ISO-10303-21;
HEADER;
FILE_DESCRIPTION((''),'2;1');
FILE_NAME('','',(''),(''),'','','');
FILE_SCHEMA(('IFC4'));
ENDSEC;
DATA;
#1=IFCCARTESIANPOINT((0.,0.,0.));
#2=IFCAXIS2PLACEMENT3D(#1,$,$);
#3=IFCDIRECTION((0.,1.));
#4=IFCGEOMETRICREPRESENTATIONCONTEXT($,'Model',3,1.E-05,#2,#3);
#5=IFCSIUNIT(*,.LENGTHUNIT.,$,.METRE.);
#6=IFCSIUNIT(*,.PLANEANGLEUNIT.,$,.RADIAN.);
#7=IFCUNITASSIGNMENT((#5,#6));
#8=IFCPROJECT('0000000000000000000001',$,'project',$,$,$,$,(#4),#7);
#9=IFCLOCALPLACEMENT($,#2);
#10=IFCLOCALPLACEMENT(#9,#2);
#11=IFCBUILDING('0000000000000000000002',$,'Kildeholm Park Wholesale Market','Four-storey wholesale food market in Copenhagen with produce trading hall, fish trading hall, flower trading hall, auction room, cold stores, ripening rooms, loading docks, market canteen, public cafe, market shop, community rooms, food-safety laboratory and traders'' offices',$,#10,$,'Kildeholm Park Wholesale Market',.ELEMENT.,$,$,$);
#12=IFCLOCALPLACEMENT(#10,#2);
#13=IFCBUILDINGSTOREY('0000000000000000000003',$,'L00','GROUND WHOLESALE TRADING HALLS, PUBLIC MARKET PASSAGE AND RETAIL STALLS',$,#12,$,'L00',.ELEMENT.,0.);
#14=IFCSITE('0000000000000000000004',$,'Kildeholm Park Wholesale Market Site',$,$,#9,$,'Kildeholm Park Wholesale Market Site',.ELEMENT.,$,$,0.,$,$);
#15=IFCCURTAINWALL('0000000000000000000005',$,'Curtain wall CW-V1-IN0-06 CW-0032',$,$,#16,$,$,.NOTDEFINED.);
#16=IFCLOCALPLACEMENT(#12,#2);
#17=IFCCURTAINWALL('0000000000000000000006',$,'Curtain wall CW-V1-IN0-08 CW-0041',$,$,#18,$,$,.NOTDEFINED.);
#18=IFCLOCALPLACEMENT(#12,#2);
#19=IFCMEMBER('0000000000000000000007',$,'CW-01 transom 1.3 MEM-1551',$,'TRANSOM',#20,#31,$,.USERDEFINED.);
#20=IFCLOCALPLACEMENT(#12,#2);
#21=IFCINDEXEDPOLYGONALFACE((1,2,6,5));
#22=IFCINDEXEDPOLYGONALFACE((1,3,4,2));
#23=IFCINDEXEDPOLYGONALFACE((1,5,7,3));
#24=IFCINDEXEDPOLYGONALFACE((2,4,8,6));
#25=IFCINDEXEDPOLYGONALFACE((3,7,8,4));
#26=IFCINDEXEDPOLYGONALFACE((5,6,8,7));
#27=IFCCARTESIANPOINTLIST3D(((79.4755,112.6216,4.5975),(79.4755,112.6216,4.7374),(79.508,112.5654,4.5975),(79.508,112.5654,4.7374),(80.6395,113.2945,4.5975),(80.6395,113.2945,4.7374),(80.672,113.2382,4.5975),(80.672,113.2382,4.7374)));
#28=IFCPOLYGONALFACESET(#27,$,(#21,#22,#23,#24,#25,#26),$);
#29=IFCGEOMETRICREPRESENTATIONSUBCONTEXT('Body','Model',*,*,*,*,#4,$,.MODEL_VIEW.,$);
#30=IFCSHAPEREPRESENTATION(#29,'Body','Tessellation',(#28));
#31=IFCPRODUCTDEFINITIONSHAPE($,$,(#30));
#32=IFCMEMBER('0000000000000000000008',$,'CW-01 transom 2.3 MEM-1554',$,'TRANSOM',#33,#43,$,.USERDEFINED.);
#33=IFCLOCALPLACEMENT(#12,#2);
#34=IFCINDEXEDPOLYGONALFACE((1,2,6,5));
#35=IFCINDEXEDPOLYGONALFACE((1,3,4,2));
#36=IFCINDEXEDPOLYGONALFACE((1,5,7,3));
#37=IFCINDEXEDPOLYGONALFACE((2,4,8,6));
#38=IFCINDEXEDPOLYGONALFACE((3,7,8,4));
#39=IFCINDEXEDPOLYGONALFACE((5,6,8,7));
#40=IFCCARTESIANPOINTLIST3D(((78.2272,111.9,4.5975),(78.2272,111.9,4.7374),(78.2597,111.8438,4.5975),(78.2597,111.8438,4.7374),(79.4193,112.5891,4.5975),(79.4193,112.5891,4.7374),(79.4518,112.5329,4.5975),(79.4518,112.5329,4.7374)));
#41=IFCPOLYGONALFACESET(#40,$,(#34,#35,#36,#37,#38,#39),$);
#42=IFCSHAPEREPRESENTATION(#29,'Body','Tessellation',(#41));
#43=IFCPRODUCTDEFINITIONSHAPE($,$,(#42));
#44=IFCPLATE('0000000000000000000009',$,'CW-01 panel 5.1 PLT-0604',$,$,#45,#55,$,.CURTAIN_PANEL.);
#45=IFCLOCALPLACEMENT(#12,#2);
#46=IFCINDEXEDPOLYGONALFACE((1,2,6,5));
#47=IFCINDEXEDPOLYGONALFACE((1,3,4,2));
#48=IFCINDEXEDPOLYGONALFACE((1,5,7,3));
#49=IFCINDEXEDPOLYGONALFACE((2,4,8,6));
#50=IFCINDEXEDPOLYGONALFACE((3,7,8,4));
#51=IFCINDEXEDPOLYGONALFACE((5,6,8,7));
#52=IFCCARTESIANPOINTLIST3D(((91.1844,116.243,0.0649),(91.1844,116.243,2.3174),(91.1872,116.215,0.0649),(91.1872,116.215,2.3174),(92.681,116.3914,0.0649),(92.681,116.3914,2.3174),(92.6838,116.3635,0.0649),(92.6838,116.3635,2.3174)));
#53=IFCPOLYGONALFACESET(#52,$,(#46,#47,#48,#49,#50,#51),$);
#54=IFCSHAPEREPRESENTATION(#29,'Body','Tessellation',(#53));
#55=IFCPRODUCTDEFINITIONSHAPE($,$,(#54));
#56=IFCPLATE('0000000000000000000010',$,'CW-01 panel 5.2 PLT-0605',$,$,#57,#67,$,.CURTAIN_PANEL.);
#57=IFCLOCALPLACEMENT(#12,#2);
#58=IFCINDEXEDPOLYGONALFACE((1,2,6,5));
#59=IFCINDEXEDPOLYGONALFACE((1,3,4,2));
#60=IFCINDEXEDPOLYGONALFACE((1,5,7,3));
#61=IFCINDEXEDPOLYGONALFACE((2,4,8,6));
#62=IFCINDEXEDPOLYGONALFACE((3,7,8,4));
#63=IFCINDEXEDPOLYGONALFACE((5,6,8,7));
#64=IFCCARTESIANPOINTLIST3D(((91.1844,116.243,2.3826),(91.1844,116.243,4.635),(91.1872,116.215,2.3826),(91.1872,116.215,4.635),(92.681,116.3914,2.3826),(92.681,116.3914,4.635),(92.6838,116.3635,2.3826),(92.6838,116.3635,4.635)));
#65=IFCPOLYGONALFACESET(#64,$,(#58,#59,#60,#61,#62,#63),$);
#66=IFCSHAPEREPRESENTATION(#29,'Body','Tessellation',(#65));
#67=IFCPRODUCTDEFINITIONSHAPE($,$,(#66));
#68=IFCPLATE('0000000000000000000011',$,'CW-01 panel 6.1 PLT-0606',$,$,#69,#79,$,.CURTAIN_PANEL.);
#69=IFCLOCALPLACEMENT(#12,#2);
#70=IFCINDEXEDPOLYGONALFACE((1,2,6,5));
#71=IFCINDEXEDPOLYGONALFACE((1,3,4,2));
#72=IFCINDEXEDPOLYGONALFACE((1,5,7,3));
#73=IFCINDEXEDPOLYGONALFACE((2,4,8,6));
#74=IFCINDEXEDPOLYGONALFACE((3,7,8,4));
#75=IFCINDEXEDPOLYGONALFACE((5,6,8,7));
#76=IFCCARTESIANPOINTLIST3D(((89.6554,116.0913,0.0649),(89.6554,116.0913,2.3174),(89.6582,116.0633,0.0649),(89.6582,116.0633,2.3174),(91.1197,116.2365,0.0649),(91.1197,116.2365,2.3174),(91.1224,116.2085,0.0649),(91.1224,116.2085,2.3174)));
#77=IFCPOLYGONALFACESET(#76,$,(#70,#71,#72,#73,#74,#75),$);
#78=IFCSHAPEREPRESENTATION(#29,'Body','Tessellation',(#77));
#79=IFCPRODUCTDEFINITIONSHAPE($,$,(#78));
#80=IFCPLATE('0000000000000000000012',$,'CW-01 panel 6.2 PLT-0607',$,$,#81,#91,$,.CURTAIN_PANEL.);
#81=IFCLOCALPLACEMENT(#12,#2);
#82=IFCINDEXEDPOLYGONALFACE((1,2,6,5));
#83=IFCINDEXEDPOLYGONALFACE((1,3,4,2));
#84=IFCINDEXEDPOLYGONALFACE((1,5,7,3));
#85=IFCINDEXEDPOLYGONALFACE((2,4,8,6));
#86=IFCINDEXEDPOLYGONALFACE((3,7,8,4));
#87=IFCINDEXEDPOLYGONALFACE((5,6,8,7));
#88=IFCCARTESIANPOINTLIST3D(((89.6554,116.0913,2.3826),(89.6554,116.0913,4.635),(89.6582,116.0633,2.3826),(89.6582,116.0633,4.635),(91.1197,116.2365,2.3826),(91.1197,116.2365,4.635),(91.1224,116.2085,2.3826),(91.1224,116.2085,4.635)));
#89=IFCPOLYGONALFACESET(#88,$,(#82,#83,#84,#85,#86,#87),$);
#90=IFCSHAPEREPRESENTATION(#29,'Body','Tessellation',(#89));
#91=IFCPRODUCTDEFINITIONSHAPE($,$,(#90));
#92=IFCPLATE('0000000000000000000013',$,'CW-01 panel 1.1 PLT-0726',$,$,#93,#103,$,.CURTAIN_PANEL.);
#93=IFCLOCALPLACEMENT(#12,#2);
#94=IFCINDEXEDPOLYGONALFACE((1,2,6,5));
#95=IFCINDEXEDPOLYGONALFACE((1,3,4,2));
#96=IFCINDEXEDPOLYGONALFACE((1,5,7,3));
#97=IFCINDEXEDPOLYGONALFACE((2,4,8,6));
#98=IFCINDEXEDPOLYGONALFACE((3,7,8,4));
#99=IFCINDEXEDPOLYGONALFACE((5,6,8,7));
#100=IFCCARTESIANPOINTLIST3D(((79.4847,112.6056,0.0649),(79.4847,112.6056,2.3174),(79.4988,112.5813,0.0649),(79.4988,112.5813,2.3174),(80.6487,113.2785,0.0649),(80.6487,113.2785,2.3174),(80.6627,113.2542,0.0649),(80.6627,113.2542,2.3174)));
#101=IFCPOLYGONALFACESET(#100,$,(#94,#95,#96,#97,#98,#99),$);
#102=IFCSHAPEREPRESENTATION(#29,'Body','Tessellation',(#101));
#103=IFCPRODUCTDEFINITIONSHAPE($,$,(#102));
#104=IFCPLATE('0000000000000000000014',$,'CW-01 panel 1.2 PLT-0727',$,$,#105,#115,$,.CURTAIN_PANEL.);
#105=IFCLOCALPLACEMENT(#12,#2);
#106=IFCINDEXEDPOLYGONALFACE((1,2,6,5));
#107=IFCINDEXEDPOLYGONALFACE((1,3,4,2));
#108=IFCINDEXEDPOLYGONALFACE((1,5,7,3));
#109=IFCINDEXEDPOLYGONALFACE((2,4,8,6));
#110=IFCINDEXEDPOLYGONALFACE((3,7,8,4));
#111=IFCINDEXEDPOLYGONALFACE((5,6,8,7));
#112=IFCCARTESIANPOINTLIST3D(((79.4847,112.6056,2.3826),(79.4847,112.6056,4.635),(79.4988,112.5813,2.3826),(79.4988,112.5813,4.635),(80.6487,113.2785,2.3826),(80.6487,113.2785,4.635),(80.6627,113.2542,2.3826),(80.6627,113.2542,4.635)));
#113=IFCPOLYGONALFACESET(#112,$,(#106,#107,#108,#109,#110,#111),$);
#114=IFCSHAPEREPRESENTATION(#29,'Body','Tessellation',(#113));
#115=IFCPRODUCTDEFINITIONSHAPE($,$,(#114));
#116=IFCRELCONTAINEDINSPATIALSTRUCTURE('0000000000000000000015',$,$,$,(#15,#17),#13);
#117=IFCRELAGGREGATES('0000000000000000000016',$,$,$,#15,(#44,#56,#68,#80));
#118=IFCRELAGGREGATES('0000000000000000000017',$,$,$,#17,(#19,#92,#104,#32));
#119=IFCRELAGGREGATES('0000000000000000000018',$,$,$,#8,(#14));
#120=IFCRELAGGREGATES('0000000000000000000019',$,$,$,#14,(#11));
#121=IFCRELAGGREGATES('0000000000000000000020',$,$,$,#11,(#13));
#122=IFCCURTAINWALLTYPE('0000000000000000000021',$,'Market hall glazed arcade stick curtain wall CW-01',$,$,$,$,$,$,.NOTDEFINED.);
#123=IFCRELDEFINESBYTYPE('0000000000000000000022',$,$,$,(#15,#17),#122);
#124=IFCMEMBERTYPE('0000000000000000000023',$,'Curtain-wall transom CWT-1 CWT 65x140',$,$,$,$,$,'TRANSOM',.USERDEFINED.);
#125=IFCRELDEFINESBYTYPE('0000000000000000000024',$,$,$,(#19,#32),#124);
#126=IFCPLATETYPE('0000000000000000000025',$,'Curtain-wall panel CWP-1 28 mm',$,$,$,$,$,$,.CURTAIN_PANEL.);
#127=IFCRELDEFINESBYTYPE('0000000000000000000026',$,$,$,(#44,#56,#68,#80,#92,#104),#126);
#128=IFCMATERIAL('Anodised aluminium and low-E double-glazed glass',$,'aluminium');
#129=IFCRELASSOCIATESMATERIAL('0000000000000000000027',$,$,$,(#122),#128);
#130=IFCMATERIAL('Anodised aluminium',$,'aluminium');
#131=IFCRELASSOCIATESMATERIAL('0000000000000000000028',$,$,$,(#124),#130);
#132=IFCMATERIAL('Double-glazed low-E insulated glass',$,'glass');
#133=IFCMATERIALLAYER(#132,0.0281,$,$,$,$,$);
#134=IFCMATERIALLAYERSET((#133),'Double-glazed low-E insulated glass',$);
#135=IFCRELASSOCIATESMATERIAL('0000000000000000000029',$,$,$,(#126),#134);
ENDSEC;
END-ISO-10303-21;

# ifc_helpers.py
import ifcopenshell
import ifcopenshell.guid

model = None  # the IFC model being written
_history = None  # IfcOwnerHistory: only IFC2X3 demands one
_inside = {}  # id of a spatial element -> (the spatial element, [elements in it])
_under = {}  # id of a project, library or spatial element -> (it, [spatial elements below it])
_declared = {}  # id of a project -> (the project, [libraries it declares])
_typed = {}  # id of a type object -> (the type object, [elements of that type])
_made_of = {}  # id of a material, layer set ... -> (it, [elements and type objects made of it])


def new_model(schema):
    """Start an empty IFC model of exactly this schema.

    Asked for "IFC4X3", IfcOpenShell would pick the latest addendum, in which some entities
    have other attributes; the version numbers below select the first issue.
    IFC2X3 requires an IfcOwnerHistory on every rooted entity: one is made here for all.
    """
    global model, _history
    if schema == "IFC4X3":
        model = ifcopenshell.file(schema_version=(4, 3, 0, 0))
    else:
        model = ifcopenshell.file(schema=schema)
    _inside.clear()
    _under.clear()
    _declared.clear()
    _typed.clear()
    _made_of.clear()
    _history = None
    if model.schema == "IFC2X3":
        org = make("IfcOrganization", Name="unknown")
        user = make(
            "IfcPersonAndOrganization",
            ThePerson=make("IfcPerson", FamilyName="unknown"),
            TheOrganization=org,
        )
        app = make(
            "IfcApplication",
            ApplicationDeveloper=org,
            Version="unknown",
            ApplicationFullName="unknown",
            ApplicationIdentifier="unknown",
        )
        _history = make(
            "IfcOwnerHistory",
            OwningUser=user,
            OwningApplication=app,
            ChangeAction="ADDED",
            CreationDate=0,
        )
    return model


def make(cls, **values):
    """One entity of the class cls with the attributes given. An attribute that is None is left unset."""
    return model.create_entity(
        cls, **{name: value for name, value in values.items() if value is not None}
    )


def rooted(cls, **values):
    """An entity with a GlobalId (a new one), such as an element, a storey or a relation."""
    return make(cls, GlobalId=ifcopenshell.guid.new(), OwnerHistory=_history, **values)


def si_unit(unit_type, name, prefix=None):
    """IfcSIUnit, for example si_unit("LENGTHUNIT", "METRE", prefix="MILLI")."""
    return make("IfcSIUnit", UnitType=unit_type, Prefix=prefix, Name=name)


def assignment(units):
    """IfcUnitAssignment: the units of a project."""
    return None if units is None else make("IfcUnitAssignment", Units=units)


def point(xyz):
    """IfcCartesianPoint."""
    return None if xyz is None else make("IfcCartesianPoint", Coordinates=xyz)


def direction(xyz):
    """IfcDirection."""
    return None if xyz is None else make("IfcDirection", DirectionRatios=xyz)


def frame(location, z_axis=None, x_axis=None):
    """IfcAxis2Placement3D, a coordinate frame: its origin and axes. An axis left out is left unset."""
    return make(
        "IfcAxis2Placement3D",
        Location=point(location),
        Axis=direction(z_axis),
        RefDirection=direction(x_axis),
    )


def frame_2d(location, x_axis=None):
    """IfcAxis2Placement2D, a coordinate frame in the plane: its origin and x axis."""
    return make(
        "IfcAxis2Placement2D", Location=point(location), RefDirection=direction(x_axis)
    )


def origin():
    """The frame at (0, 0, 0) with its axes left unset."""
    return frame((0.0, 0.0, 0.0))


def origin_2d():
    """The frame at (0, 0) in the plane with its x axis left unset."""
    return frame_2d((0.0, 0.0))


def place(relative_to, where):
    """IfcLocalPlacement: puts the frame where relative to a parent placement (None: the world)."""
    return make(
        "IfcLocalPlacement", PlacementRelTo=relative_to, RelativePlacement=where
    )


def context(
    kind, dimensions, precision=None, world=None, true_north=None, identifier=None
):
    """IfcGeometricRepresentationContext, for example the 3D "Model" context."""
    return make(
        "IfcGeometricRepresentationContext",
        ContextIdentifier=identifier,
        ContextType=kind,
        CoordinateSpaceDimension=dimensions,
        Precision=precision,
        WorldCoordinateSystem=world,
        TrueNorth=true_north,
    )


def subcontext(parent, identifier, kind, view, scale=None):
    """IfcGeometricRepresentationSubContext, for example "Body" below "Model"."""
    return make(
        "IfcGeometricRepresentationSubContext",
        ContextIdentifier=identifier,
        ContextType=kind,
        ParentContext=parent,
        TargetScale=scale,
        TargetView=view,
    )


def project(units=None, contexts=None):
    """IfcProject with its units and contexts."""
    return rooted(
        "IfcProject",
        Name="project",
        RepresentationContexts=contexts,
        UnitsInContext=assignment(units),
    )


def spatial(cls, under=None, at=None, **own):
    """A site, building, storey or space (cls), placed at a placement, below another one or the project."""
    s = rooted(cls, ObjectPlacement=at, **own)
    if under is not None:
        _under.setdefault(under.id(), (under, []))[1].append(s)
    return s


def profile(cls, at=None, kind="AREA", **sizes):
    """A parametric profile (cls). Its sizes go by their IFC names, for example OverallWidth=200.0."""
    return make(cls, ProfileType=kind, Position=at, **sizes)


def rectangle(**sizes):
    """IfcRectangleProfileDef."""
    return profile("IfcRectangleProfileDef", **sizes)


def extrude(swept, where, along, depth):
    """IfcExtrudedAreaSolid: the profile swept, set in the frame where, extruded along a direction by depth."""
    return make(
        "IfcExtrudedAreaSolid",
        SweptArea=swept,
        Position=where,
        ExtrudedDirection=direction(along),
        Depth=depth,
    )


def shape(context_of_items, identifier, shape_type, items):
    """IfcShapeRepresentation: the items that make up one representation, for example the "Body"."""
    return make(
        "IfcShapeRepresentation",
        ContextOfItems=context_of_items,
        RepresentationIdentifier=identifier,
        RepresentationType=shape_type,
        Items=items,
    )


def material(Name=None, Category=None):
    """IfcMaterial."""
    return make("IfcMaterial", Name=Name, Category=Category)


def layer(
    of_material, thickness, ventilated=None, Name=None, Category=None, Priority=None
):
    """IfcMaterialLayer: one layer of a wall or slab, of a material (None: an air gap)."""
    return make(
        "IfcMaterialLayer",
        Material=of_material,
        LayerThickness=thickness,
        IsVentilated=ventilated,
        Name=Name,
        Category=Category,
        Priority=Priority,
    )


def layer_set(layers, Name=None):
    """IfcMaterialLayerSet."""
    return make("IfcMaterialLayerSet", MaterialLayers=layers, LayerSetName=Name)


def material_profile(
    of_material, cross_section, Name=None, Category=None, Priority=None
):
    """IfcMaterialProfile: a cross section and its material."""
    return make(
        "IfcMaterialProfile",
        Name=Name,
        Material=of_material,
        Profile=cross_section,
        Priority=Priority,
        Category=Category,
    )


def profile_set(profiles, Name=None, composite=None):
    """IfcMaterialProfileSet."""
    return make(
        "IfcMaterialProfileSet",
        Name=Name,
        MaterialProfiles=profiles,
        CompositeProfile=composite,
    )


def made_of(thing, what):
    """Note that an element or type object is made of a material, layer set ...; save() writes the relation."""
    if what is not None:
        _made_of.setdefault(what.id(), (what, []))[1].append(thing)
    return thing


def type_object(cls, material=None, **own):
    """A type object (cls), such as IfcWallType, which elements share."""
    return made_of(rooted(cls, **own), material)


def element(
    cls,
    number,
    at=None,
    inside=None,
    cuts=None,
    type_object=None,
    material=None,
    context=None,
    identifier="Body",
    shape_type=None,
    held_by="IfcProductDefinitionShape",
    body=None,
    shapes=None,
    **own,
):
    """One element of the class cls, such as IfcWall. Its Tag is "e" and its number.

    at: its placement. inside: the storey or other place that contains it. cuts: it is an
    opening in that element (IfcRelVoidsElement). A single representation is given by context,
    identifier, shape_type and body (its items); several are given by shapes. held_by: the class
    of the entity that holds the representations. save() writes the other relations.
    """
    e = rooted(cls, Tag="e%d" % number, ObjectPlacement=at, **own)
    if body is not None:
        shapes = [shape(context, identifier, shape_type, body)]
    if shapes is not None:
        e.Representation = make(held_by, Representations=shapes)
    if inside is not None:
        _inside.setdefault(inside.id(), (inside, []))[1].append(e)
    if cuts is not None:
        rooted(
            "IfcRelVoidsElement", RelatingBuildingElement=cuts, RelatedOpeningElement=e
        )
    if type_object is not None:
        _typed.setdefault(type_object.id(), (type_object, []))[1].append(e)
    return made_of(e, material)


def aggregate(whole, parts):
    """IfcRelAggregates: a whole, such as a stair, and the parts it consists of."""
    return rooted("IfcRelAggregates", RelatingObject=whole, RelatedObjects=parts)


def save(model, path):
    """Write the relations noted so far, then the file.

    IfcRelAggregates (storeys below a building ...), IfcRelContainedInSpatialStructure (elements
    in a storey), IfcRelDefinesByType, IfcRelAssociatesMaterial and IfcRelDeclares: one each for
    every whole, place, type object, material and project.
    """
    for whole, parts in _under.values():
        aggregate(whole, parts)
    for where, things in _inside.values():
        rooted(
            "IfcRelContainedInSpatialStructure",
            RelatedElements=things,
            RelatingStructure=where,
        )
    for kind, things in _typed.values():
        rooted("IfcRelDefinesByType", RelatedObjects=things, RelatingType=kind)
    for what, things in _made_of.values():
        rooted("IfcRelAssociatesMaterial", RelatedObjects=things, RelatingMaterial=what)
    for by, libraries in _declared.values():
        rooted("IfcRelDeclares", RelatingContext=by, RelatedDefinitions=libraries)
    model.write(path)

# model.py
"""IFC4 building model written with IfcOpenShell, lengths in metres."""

from ifc_helpers import new_model, si_unit, direction, frame, origin, origin_2d, place, context, subcontext, project, spatial, rectangle, extrude, material, layer, layer_set, material_profile, profile_set, type_object, element, aggregate, save


model = new_model("IFC4")

# Units and contexts
model_context = context("Model", 3, precision=1e-05, world=origin(), true_north=direction((0.0, 1.0)))
body_context = subcontext(model_context, "Body", "Model", "MODEL_VIEW")
ifc_project = project(units=[si_unit("LENGTHUNIT", "METRE"), si_unit("PLANEANGLEUNIT", "RADIAN")], contexts=[model_context])

# Site, building, storey
site_placement = place(None, origin())
site = spatial("IfcSite", under=ifc_project, at=site_placement, Name="Kildeholm Park Wholesale Market Site", LongName="Kildeholm Park Wholesale Market Site", CompositionType="ELEMENT", RefElevation=0.0)
building_placement = place(site_placement, origin())
building = spatial("IfcBuilding", under=site, at=building_placement, Name="Kildeholm Park Wholesale Market", Description="Four-storey wholesale food market in Copenhagen with produce trading hall, fish trading hall, flower trading hall, auction room, cold stores, ripening rooms, loading docks, market canteen, public cafe, market shop, community rooms, food-safety laboratory and traders' offices", LongName="Kildeholm Park Wholesale Market", CompositionType="ELEMENT")
storey_placement = place(building_placement, origin())
storey = spatial("IfcBuildingStorey", under=building, at=storey_placement, Name="L00", Description="GROUND WHOLESALE TRADING HALLS, PUBLIC MARKET PASSAGE AND RETAIL STALLS", LongName="L00", CompositionType="ELEMENT", Elevation=0.0)

# Curtain walls
ifc_material_1 = material(Name="Anodised aluminium and low-E double-glazed glass", Category="aluminium")
curtain_wall_type = type_object("IfcCurtainWallType", Name="Market hall glazed arcade stick curtain wall CW-01", PredefinedType="NOTDEFINED", material=ifc_material_1)
curtain_wall_1_placement = place(storey_placement, origin())
curtain_wall_1 = element("IfcCurtainWall", 1, at=curtain_wall_1_placement, inside=storey, type_object=curtain_wall_type, Name="Curtain wall CW-V1-IN0-06 CW-0032", PredefinedType="NOTDEFINED")
ifc_material_2 = material(Name="Anodised aluminium", Category="aluminium")
curtain_wall_2_placement = place(storey_placement, origin())
curtain_wall_2 = element("IfcCurtainWall", 2, at=curtain_wall_2_placement, inside=storey, type_object=curtain_wall_type, Name="Curtain wall CW-V1-IN0-08 CW-0041", PredefinedType="NOTDEFINED")

# Members
ifc_material_profile_1 = material_profile(ifc_material_2, rectangle(XDim=0.0649, YDim=0.1399, at=origin_2d()), Name="CWT 65x140")
ifc_profile_set_1 = profile_set([ifc_material_profile_1], Name="Anodised aluminium")
member_type_1 = type_object("IfcMemberType", Name="Curtain-wall transom CWT-1 CWT 65x140", ElementType="TRANSOM", PredefinedType="USERDEFINED", material=ifc_profile_set_1)
member_1_placement = place(storey_placement, frame((80.6558, 113.2664, 4.6675), z_axis=(-0.865774, -0.500435, 0.0), x_axis=(0.500435, -0.865774, 0.0)))
member_1 = element("IfcMember", 3, at=member_1_placement, type_object=member_type_1, Name="CW-01 transom 1.3 MEM-1551", ObjectType="TRANSOM", PredefinedType="USERDEFINED", context=body_context, shape_type="SweptSolid", body=[
    extrude(rectangle(XDim=0.0649, YDim=0.1399, at=origin_2d()), origin(), (0.0, 0.0, 1.0), 1.3445),
])
member_2_placement = place(storey_placement, frame((79.4355, 112.561, 4.6675), z_axis=(-0.865734, -0.500505, 0.0), x_axis=(0.500505, -0.865734, 0.0)))
member_2 = element("IfcMember", 4, at=member_2_placement, type_object=member_type_1, Name="CW-01 transom 2.3 MEM-1554", ObjectType="TRANSOM", PredefinedType="USERDEFINED", context=body_context, shape_type="SweptSolid", body=[
    extrude(rectangle(XDim=0.0649, YDim=0.1399, at=origin_2d()), origin(), (0.0, 0.0, 1.0), 1.377),
])

# Plates
ifc_material_3 = material(Name="Double-glazed low-E insulated glass", Category="glass")
ifc_layer = layer(ifc_material_3, 0.0281)
ifc_layer_set = layer_set([ifc_layer], Name="Double-glazed low-E insulated glass")
plate_type = type_object("IfcPlateType", Name="Curtain-wall panel CWP-1 28 mm", PredefinedType="CURTAIN_PANEL", material=ifc_layer_set)
plate_1_placement = place(storey_placement, frame((91.9341, 116.3032, 0.0649), z_axis=(0.0, 0.0, 1.0), x_axis=(-0.995119, -0.098683, 0.0)))
plate_1 = element("IfcPlate", 5, at=plate_1_placement, type_object=plate_type, Name="CW-01 panel 5.1 PLT-0604", PredefinedType="CURTAIN_PANEL", context=body_context, shape_type="SweptSolid", body=[
    extrude(rectangle(XDim=1.5039, YDim=0.0281, at=origin_2d()), origin(), (0.0, 0.0, 1.0), 2.2524),
])
plate_2_placement = place(storey_placement, frame((91.9341, 116.3032, 2.3826), z_axis=(0.0, 0.0, 1.0), x_axis=(-0.995119, -0.098683, 0.0)))
plate_2 = element("IfcPlate", 6, at=plate_2_placement, type_object=plate_type, Name="CW-01 panel 5.2 PLT-0605", PredefinedType="CURTAIN_PANEL", context=body_context, shape_type="SweptSolid", body=[
    extrude(rectangle(XDim=1.5039, YDim=0.0281, at=origin_2d()), origin(), (0.0, 0.0, 1.0), 2.2524),
])
plate_3_placement = place(storey_placement, frame((90.3889, 116.1499, 0.0649), z_axis=(0.0, 0.0, 1.0), x_axis=(-0.995119, -0.098683, 0.0)))
plate_3 = element("IfcPlate", 7, at=plate_3_placement, type_object=plate_type, Name="CW-01 panel 6.1 PLT-0606", PredefinedType="CURTAIN_PANEL", context=body_context, shape_type="SweptSolid", body=[
    extrude(rectangle(XDim=1.4714, YDim=0.0281, at=origin_2d()), origin(), (0.0, 0.0, 1.0), 2.2524),
])
plate_4_placement = place(storey_placement, frame((90.3889, 116.1499, 2.3826), z_axis=(0.0, 0.0, 1.0), x_axis=(-0.995119, -0.098683, 0.0)))
plate_4 = element("IfcPlate", 8, at=plate_4_placement, type_object=plate_type, Name="CW-01 panel 6.2 PLT-0607", PredefinedType="CURTAIN_PANEL", context=body_context, shape_type="SweptSolid", body=[
    extrude(rectangle(XDim=1.4714, YDim=0.0281, at=origin_2d()), origin(), (0.0, 0.0, 1.0), 2.2524),
])
aggregate(curtain_wall_1, [plate_1, plate_2, plate_3, plate_4])
plate_5_placement = place(storey_placement, frame((80.0737, 112.9299, 0.0649), z_axis=(0.0, 0.0, 1.0), x_axis=(-0.865743, -0.500489, 0.0)))
plate_5 = element("IfcPlate", 9, at=plate_5_placement, type_object=plate_type, Name="CW-01 panel 1.1 PLT-0726", PredefinedType="CURTAIN_PANEL", context=body_context, shape_type="SweptSolid", body=[
    extrude(rectangle(XDim=1.3445, YDim=0.0281, at=origin_2d()), origin(), (0.0, 0.0, 1.0), 2.2524),
])
plate_6_placement = place(storey_placement, frame((80.0737, 112.9299, 2.3826), z_axis=(0.0, 0.0, 1.0), x_axis=(-0.865743, -0.500489, 0.0)))
plate_6 = element("IfcPlate", 10, at=plate_6_placement, type_object=plate_type, Name="CW-01 panel 1.2 PLT-0727", PredefinedType="CURTAIN_PANEL", context=body_context, shape_type="SweptSolid", body=[
    extrude(rectangle(XDim=1.3445, YDim=0.0281, at=origin_2d()), origin(), (0.0, 0.0, 1.0), 2.2524),
])
aggregate(curtain_wall_2, [member_1, plate_5, plate_6, member_2])

save(model, "model.ifc")
